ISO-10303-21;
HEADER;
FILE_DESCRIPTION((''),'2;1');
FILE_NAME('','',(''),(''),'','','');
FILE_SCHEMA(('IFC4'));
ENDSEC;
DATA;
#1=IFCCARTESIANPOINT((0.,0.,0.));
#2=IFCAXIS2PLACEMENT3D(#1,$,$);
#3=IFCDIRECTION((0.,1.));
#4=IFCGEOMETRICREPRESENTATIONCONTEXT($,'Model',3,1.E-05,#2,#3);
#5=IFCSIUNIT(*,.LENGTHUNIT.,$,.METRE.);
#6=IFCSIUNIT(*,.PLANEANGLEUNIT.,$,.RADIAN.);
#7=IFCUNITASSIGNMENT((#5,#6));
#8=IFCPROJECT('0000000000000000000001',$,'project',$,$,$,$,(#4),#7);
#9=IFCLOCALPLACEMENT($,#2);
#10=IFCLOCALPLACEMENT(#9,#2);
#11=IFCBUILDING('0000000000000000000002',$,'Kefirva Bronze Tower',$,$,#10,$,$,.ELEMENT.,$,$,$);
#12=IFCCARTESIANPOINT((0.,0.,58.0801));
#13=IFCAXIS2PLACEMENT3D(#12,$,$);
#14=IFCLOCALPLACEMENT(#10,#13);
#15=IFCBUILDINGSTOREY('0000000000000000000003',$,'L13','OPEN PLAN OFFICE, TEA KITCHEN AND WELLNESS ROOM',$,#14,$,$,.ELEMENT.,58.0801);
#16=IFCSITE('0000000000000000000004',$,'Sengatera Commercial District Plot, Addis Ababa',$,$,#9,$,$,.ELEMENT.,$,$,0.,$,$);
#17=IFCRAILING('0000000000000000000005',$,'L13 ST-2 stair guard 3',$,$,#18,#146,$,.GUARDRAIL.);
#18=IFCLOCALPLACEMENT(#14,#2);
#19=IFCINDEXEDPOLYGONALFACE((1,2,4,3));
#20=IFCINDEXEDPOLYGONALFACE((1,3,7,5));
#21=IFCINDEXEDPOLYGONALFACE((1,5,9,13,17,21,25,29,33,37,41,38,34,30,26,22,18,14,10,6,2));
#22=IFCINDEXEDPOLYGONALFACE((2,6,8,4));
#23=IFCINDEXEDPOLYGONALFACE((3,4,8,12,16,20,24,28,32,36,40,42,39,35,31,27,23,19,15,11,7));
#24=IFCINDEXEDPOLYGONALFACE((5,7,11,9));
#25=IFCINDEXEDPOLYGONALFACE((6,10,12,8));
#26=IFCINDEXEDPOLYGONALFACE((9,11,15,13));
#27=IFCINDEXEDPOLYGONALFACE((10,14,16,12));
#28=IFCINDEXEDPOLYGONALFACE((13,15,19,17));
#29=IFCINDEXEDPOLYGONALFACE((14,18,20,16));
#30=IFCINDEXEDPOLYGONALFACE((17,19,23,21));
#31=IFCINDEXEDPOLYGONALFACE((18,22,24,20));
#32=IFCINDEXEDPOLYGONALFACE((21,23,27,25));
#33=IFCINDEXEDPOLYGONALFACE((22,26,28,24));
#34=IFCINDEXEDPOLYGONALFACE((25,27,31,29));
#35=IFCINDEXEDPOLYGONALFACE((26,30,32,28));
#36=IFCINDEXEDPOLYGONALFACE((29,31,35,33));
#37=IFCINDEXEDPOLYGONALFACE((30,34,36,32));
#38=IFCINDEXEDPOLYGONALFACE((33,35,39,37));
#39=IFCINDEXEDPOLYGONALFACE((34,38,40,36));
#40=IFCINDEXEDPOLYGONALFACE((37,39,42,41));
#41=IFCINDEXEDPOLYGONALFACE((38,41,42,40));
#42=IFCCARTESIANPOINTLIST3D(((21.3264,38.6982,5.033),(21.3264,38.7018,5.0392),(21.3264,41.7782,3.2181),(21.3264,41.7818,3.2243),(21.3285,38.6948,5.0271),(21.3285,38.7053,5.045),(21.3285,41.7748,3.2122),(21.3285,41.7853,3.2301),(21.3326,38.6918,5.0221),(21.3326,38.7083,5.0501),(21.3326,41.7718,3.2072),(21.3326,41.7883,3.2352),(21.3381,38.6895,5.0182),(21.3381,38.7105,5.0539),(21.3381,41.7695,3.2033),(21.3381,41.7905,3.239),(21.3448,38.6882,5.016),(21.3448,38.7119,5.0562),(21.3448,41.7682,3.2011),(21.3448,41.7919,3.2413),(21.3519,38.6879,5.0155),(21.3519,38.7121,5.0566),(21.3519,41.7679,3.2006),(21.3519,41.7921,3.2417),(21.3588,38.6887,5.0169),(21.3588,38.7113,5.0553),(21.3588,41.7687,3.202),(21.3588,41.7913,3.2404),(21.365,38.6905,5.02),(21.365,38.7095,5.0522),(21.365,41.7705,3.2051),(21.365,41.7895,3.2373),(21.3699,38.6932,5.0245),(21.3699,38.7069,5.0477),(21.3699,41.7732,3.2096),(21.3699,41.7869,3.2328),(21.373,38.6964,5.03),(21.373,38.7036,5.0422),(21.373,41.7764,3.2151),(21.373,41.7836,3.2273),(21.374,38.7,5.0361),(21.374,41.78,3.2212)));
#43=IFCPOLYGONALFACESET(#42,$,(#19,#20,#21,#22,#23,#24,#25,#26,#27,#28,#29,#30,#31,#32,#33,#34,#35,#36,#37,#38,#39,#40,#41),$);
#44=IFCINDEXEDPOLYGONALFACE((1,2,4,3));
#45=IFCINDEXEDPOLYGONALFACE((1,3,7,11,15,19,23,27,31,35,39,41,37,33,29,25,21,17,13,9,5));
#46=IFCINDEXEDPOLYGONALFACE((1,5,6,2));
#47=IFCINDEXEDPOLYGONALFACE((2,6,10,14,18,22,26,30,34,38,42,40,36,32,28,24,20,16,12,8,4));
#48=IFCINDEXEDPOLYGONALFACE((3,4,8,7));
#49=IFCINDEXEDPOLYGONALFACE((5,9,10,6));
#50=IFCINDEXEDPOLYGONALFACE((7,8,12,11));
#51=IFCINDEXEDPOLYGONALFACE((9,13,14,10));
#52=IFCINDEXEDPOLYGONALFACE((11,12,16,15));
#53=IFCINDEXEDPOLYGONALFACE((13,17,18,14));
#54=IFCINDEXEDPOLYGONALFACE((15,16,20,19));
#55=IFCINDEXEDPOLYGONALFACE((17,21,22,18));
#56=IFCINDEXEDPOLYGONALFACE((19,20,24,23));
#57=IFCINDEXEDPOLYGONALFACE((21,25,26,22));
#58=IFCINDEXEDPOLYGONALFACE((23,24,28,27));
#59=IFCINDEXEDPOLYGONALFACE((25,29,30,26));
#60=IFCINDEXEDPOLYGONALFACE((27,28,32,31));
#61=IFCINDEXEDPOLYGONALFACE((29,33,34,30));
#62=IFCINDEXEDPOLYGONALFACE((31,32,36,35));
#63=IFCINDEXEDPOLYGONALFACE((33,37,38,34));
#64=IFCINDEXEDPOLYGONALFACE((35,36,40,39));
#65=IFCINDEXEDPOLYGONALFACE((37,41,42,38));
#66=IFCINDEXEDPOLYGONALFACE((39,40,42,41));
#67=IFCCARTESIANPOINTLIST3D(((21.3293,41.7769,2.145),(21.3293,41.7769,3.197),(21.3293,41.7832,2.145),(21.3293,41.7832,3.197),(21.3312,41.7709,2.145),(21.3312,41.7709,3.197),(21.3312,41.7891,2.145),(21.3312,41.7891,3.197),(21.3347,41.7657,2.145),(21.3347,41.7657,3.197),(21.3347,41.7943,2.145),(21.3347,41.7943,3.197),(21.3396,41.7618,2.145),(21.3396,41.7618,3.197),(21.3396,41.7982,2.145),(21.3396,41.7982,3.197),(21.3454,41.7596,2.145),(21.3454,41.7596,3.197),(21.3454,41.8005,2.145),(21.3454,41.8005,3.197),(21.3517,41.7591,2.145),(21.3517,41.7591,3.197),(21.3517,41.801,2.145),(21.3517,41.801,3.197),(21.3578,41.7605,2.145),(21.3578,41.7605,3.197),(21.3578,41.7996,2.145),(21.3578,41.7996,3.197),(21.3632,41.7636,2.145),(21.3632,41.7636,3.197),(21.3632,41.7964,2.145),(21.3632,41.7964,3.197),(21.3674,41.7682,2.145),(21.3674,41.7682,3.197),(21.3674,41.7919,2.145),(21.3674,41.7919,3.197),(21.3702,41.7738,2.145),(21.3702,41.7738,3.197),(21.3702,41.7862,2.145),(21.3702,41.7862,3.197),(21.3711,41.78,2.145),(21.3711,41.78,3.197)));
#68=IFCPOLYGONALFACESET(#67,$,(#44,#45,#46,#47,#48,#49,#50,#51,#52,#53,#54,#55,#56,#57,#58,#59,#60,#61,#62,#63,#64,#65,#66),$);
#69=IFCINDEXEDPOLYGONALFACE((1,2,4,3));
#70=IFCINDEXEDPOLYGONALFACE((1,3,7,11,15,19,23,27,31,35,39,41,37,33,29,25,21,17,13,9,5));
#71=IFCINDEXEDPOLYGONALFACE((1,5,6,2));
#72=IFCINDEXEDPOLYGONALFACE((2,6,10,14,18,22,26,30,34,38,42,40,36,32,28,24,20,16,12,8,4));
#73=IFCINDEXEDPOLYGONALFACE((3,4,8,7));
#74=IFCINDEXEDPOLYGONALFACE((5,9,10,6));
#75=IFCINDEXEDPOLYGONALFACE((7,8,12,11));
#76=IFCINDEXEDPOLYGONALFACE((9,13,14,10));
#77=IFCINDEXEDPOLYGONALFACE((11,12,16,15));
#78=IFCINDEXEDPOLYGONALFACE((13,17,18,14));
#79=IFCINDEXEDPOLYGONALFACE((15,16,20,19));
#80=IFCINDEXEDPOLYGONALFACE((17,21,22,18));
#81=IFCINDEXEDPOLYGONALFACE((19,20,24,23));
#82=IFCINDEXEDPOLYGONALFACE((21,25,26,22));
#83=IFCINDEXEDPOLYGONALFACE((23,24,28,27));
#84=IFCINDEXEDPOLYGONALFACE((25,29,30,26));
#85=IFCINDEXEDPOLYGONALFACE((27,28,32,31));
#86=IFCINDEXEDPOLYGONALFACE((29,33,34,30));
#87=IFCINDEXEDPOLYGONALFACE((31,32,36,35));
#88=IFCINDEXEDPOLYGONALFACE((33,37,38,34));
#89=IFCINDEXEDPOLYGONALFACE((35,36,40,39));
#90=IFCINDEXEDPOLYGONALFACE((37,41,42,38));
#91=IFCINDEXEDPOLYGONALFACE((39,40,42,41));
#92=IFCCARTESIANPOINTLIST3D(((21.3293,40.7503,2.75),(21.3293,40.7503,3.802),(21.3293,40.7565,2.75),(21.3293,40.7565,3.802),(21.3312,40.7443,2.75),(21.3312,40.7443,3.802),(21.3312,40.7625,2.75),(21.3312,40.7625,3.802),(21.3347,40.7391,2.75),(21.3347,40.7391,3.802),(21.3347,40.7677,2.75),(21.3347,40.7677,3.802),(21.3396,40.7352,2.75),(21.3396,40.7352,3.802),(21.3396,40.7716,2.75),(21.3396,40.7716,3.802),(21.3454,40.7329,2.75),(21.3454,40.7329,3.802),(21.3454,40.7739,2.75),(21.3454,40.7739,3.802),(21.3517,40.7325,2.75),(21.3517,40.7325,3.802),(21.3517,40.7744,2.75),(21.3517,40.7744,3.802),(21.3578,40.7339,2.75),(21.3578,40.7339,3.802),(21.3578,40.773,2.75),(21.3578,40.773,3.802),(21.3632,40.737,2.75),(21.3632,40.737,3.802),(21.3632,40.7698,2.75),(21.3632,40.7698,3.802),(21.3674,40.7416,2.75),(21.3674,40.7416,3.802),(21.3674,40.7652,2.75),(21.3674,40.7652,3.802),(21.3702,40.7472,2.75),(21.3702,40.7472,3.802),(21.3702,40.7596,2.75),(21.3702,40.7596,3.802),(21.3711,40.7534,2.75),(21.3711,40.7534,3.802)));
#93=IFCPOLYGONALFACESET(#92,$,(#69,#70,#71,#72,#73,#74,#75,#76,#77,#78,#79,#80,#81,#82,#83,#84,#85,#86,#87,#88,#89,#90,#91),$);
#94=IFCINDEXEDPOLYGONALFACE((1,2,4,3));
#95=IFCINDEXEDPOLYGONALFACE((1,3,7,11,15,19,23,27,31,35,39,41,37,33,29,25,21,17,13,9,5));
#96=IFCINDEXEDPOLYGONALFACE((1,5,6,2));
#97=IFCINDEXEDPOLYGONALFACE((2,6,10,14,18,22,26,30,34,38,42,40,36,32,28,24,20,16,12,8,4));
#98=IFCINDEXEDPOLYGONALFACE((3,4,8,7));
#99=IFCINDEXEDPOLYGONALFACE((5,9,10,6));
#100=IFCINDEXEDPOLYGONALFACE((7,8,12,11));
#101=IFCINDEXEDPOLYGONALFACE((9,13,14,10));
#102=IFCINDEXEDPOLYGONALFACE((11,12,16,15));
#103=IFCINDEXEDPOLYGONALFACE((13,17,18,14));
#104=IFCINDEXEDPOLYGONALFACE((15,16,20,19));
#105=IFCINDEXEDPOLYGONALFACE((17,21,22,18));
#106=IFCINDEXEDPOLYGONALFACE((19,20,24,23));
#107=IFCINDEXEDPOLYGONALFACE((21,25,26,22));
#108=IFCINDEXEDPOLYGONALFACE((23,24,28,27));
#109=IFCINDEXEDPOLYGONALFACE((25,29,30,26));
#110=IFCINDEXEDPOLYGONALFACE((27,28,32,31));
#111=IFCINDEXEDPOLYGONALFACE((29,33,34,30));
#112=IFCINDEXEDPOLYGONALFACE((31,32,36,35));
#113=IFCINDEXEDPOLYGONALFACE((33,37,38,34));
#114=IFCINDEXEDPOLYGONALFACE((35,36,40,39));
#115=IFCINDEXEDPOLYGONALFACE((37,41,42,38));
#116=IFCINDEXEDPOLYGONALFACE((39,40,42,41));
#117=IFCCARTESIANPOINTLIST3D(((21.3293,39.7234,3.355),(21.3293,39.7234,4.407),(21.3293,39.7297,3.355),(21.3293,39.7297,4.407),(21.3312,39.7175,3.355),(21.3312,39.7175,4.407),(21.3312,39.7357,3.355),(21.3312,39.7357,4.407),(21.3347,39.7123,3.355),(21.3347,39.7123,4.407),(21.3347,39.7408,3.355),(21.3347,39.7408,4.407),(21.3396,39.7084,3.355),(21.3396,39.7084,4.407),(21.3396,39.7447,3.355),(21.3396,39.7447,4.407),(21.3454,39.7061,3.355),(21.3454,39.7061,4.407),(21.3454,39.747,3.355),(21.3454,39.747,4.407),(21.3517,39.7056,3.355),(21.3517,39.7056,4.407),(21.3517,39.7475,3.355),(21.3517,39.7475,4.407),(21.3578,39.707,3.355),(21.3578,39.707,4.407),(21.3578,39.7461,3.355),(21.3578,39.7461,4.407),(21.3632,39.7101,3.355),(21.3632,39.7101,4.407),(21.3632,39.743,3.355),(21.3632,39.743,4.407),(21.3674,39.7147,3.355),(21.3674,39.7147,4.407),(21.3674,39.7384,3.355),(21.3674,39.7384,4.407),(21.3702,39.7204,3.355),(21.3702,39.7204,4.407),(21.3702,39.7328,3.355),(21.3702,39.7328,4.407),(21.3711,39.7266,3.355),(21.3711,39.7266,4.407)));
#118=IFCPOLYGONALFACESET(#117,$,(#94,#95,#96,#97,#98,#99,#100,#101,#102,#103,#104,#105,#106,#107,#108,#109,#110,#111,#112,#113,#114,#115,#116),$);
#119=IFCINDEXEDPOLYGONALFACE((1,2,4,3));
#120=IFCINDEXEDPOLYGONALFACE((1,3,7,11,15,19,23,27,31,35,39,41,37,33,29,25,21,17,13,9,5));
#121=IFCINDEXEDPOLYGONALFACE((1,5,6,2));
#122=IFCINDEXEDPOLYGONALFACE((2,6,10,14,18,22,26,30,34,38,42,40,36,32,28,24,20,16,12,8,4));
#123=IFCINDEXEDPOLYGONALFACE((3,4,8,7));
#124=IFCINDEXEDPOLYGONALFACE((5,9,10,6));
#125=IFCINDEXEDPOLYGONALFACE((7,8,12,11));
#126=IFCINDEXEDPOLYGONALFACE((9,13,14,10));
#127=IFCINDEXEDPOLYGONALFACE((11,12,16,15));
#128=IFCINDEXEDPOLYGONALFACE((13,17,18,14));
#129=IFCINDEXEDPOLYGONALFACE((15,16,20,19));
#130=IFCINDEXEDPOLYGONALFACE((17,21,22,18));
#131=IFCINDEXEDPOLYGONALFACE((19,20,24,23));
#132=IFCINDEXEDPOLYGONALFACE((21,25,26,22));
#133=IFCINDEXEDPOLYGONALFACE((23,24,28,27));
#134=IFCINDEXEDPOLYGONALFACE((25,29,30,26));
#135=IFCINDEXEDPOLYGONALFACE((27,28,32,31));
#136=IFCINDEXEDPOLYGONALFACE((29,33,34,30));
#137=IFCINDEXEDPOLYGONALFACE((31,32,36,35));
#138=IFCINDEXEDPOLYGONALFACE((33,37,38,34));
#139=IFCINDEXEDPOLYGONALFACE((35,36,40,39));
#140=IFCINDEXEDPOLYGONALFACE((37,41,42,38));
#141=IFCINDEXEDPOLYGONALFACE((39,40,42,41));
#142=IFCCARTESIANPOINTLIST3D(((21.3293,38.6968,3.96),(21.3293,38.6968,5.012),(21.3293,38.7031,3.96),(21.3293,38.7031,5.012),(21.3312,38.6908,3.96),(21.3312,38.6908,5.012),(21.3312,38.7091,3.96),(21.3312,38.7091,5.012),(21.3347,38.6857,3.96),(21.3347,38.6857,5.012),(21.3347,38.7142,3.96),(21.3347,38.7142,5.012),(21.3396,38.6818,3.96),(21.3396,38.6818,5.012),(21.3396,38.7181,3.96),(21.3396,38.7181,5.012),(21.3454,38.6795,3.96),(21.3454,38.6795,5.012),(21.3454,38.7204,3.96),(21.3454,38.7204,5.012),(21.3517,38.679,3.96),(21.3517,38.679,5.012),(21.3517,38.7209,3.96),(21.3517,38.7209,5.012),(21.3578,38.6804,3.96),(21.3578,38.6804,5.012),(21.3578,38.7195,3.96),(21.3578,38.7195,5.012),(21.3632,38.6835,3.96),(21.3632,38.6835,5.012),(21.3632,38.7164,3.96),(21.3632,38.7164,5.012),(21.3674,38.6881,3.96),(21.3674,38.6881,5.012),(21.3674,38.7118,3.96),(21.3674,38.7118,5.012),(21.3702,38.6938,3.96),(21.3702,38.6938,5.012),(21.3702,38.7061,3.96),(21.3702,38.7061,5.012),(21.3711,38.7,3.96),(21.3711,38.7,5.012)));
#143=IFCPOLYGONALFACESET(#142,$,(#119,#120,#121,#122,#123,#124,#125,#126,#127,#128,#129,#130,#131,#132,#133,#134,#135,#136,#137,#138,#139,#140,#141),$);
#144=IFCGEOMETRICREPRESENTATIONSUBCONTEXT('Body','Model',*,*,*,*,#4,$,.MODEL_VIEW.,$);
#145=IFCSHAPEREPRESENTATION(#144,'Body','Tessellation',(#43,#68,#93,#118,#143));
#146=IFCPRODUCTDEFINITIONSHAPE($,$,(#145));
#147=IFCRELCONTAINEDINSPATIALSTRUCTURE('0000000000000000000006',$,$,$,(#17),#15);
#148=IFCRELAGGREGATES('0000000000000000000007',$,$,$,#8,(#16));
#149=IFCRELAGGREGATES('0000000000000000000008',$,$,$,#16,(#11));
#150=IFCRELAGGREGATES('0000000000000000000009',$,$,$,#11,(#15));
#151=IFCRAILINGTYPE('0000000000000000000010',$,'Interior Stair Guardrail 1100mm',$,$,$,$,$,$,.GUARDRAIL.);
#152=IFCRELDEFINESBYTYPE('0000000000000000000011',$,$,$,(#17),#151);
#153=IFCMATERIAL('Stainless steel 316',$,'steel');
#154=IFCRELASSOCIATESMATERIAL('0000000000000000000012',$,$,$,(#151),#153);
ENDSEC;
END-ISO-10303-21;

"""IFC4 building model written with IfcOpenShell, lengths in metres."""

from ifc_helpers import new_model, si_unit, direction, frame, origin, origin_2d, place, context, subcontext, project, spatial, circle, extrude, material, type_object, element, save


model = new_model("IFC4")

# Units and contexts
model_context = context("Model", 3, precision=1e-05, world=origin(), true_north=direction((0.0, 1.0)))
body_context = subcontext(model_context, "Body", "Model", "MODEL_VIEW")
ifc_project = project(units=[si_unit("LENGTHUNIT", "METRE"), si_unit("PLANEANGLEUNIT", "RADIAN")], contexts=[model_context])

# Site, building, storey
site_placement = place(None, origin())
site = spatial("IfcSite", under=ifc_project, at=site_placement, Name="Sengatera Commercial District Plot, Addis Ababa", CompositionType="ELEMENT", RefElevation=0.0)
building_placement = place(site_placement, origin())
building = spatial("IfcBuilding", under=site, at=building_placement, Name="Kefirva Bronze Tower", CompositionType="ELEMENT")
storey_placement = place(building_placement, frame((0.0, 0.0, 58.0801)))
storey = spatial("IfcBuildingStorey", under=building, at=storey_placement, Name="L13", Description="OPEN PLAN OFFICE, TEA KITCHEN AND WELLNESS ROOM", CompositionType="ELEMENT", Elevation=58.0801)

# Railing
ifc_material_1 = material(Name="Stainless steel 316", Category="steel")
railing_type_1 = type_object("IfcRailingType", Name="Interior Stair Guardrail 1100mm", PredefinedType="GUARDRAIL", material=ifc_material_1)
railing_1_placement = place(storey_placement, frame((21.3501, 41.78, 2.145)))
element("IfcRailing", 1, at=railing_1_placement, inside=storey, type_object=railing_type_1, Name="L13 ST-2 stair guard 3", PredefinedType="GUARDRAIL", context=body_context, shape_type="SweptSolid", body=[
    extrude(circle(Radius=0.0239, at=origin_2d()), frame((0.0, 0.0, 1.0762), z_axis=(0.0, -0.861551, 0.507671), x_axis=(1.0, 0.0, 0.0)), (0.0, 0.0, 1.0), 3.575),
    extrude(circle(Radius=0.021, at=origin_2d()), origin(), (0.0, 0.0, 1.0), 1.052),
    extrude(circle(Radius=0.021, at=origin_2d()), frame((0.0, -1.0266, 0.605)), (0.0, 0.0, 1.0), 1.052),
    extrude(circle(Radius=0.021, at=origin_2d()), frame((0.0, -2.0535, 1.21)), (0.0, 0.0, 1.0), 1.052),
    extrude(circle(Radius=0.021, at=origin_2d()), frame((0.0, -3.0801, 1.8149)), (0.0, 0.0, 1.0), 1.052),
])

save(model, "model.ifc")
